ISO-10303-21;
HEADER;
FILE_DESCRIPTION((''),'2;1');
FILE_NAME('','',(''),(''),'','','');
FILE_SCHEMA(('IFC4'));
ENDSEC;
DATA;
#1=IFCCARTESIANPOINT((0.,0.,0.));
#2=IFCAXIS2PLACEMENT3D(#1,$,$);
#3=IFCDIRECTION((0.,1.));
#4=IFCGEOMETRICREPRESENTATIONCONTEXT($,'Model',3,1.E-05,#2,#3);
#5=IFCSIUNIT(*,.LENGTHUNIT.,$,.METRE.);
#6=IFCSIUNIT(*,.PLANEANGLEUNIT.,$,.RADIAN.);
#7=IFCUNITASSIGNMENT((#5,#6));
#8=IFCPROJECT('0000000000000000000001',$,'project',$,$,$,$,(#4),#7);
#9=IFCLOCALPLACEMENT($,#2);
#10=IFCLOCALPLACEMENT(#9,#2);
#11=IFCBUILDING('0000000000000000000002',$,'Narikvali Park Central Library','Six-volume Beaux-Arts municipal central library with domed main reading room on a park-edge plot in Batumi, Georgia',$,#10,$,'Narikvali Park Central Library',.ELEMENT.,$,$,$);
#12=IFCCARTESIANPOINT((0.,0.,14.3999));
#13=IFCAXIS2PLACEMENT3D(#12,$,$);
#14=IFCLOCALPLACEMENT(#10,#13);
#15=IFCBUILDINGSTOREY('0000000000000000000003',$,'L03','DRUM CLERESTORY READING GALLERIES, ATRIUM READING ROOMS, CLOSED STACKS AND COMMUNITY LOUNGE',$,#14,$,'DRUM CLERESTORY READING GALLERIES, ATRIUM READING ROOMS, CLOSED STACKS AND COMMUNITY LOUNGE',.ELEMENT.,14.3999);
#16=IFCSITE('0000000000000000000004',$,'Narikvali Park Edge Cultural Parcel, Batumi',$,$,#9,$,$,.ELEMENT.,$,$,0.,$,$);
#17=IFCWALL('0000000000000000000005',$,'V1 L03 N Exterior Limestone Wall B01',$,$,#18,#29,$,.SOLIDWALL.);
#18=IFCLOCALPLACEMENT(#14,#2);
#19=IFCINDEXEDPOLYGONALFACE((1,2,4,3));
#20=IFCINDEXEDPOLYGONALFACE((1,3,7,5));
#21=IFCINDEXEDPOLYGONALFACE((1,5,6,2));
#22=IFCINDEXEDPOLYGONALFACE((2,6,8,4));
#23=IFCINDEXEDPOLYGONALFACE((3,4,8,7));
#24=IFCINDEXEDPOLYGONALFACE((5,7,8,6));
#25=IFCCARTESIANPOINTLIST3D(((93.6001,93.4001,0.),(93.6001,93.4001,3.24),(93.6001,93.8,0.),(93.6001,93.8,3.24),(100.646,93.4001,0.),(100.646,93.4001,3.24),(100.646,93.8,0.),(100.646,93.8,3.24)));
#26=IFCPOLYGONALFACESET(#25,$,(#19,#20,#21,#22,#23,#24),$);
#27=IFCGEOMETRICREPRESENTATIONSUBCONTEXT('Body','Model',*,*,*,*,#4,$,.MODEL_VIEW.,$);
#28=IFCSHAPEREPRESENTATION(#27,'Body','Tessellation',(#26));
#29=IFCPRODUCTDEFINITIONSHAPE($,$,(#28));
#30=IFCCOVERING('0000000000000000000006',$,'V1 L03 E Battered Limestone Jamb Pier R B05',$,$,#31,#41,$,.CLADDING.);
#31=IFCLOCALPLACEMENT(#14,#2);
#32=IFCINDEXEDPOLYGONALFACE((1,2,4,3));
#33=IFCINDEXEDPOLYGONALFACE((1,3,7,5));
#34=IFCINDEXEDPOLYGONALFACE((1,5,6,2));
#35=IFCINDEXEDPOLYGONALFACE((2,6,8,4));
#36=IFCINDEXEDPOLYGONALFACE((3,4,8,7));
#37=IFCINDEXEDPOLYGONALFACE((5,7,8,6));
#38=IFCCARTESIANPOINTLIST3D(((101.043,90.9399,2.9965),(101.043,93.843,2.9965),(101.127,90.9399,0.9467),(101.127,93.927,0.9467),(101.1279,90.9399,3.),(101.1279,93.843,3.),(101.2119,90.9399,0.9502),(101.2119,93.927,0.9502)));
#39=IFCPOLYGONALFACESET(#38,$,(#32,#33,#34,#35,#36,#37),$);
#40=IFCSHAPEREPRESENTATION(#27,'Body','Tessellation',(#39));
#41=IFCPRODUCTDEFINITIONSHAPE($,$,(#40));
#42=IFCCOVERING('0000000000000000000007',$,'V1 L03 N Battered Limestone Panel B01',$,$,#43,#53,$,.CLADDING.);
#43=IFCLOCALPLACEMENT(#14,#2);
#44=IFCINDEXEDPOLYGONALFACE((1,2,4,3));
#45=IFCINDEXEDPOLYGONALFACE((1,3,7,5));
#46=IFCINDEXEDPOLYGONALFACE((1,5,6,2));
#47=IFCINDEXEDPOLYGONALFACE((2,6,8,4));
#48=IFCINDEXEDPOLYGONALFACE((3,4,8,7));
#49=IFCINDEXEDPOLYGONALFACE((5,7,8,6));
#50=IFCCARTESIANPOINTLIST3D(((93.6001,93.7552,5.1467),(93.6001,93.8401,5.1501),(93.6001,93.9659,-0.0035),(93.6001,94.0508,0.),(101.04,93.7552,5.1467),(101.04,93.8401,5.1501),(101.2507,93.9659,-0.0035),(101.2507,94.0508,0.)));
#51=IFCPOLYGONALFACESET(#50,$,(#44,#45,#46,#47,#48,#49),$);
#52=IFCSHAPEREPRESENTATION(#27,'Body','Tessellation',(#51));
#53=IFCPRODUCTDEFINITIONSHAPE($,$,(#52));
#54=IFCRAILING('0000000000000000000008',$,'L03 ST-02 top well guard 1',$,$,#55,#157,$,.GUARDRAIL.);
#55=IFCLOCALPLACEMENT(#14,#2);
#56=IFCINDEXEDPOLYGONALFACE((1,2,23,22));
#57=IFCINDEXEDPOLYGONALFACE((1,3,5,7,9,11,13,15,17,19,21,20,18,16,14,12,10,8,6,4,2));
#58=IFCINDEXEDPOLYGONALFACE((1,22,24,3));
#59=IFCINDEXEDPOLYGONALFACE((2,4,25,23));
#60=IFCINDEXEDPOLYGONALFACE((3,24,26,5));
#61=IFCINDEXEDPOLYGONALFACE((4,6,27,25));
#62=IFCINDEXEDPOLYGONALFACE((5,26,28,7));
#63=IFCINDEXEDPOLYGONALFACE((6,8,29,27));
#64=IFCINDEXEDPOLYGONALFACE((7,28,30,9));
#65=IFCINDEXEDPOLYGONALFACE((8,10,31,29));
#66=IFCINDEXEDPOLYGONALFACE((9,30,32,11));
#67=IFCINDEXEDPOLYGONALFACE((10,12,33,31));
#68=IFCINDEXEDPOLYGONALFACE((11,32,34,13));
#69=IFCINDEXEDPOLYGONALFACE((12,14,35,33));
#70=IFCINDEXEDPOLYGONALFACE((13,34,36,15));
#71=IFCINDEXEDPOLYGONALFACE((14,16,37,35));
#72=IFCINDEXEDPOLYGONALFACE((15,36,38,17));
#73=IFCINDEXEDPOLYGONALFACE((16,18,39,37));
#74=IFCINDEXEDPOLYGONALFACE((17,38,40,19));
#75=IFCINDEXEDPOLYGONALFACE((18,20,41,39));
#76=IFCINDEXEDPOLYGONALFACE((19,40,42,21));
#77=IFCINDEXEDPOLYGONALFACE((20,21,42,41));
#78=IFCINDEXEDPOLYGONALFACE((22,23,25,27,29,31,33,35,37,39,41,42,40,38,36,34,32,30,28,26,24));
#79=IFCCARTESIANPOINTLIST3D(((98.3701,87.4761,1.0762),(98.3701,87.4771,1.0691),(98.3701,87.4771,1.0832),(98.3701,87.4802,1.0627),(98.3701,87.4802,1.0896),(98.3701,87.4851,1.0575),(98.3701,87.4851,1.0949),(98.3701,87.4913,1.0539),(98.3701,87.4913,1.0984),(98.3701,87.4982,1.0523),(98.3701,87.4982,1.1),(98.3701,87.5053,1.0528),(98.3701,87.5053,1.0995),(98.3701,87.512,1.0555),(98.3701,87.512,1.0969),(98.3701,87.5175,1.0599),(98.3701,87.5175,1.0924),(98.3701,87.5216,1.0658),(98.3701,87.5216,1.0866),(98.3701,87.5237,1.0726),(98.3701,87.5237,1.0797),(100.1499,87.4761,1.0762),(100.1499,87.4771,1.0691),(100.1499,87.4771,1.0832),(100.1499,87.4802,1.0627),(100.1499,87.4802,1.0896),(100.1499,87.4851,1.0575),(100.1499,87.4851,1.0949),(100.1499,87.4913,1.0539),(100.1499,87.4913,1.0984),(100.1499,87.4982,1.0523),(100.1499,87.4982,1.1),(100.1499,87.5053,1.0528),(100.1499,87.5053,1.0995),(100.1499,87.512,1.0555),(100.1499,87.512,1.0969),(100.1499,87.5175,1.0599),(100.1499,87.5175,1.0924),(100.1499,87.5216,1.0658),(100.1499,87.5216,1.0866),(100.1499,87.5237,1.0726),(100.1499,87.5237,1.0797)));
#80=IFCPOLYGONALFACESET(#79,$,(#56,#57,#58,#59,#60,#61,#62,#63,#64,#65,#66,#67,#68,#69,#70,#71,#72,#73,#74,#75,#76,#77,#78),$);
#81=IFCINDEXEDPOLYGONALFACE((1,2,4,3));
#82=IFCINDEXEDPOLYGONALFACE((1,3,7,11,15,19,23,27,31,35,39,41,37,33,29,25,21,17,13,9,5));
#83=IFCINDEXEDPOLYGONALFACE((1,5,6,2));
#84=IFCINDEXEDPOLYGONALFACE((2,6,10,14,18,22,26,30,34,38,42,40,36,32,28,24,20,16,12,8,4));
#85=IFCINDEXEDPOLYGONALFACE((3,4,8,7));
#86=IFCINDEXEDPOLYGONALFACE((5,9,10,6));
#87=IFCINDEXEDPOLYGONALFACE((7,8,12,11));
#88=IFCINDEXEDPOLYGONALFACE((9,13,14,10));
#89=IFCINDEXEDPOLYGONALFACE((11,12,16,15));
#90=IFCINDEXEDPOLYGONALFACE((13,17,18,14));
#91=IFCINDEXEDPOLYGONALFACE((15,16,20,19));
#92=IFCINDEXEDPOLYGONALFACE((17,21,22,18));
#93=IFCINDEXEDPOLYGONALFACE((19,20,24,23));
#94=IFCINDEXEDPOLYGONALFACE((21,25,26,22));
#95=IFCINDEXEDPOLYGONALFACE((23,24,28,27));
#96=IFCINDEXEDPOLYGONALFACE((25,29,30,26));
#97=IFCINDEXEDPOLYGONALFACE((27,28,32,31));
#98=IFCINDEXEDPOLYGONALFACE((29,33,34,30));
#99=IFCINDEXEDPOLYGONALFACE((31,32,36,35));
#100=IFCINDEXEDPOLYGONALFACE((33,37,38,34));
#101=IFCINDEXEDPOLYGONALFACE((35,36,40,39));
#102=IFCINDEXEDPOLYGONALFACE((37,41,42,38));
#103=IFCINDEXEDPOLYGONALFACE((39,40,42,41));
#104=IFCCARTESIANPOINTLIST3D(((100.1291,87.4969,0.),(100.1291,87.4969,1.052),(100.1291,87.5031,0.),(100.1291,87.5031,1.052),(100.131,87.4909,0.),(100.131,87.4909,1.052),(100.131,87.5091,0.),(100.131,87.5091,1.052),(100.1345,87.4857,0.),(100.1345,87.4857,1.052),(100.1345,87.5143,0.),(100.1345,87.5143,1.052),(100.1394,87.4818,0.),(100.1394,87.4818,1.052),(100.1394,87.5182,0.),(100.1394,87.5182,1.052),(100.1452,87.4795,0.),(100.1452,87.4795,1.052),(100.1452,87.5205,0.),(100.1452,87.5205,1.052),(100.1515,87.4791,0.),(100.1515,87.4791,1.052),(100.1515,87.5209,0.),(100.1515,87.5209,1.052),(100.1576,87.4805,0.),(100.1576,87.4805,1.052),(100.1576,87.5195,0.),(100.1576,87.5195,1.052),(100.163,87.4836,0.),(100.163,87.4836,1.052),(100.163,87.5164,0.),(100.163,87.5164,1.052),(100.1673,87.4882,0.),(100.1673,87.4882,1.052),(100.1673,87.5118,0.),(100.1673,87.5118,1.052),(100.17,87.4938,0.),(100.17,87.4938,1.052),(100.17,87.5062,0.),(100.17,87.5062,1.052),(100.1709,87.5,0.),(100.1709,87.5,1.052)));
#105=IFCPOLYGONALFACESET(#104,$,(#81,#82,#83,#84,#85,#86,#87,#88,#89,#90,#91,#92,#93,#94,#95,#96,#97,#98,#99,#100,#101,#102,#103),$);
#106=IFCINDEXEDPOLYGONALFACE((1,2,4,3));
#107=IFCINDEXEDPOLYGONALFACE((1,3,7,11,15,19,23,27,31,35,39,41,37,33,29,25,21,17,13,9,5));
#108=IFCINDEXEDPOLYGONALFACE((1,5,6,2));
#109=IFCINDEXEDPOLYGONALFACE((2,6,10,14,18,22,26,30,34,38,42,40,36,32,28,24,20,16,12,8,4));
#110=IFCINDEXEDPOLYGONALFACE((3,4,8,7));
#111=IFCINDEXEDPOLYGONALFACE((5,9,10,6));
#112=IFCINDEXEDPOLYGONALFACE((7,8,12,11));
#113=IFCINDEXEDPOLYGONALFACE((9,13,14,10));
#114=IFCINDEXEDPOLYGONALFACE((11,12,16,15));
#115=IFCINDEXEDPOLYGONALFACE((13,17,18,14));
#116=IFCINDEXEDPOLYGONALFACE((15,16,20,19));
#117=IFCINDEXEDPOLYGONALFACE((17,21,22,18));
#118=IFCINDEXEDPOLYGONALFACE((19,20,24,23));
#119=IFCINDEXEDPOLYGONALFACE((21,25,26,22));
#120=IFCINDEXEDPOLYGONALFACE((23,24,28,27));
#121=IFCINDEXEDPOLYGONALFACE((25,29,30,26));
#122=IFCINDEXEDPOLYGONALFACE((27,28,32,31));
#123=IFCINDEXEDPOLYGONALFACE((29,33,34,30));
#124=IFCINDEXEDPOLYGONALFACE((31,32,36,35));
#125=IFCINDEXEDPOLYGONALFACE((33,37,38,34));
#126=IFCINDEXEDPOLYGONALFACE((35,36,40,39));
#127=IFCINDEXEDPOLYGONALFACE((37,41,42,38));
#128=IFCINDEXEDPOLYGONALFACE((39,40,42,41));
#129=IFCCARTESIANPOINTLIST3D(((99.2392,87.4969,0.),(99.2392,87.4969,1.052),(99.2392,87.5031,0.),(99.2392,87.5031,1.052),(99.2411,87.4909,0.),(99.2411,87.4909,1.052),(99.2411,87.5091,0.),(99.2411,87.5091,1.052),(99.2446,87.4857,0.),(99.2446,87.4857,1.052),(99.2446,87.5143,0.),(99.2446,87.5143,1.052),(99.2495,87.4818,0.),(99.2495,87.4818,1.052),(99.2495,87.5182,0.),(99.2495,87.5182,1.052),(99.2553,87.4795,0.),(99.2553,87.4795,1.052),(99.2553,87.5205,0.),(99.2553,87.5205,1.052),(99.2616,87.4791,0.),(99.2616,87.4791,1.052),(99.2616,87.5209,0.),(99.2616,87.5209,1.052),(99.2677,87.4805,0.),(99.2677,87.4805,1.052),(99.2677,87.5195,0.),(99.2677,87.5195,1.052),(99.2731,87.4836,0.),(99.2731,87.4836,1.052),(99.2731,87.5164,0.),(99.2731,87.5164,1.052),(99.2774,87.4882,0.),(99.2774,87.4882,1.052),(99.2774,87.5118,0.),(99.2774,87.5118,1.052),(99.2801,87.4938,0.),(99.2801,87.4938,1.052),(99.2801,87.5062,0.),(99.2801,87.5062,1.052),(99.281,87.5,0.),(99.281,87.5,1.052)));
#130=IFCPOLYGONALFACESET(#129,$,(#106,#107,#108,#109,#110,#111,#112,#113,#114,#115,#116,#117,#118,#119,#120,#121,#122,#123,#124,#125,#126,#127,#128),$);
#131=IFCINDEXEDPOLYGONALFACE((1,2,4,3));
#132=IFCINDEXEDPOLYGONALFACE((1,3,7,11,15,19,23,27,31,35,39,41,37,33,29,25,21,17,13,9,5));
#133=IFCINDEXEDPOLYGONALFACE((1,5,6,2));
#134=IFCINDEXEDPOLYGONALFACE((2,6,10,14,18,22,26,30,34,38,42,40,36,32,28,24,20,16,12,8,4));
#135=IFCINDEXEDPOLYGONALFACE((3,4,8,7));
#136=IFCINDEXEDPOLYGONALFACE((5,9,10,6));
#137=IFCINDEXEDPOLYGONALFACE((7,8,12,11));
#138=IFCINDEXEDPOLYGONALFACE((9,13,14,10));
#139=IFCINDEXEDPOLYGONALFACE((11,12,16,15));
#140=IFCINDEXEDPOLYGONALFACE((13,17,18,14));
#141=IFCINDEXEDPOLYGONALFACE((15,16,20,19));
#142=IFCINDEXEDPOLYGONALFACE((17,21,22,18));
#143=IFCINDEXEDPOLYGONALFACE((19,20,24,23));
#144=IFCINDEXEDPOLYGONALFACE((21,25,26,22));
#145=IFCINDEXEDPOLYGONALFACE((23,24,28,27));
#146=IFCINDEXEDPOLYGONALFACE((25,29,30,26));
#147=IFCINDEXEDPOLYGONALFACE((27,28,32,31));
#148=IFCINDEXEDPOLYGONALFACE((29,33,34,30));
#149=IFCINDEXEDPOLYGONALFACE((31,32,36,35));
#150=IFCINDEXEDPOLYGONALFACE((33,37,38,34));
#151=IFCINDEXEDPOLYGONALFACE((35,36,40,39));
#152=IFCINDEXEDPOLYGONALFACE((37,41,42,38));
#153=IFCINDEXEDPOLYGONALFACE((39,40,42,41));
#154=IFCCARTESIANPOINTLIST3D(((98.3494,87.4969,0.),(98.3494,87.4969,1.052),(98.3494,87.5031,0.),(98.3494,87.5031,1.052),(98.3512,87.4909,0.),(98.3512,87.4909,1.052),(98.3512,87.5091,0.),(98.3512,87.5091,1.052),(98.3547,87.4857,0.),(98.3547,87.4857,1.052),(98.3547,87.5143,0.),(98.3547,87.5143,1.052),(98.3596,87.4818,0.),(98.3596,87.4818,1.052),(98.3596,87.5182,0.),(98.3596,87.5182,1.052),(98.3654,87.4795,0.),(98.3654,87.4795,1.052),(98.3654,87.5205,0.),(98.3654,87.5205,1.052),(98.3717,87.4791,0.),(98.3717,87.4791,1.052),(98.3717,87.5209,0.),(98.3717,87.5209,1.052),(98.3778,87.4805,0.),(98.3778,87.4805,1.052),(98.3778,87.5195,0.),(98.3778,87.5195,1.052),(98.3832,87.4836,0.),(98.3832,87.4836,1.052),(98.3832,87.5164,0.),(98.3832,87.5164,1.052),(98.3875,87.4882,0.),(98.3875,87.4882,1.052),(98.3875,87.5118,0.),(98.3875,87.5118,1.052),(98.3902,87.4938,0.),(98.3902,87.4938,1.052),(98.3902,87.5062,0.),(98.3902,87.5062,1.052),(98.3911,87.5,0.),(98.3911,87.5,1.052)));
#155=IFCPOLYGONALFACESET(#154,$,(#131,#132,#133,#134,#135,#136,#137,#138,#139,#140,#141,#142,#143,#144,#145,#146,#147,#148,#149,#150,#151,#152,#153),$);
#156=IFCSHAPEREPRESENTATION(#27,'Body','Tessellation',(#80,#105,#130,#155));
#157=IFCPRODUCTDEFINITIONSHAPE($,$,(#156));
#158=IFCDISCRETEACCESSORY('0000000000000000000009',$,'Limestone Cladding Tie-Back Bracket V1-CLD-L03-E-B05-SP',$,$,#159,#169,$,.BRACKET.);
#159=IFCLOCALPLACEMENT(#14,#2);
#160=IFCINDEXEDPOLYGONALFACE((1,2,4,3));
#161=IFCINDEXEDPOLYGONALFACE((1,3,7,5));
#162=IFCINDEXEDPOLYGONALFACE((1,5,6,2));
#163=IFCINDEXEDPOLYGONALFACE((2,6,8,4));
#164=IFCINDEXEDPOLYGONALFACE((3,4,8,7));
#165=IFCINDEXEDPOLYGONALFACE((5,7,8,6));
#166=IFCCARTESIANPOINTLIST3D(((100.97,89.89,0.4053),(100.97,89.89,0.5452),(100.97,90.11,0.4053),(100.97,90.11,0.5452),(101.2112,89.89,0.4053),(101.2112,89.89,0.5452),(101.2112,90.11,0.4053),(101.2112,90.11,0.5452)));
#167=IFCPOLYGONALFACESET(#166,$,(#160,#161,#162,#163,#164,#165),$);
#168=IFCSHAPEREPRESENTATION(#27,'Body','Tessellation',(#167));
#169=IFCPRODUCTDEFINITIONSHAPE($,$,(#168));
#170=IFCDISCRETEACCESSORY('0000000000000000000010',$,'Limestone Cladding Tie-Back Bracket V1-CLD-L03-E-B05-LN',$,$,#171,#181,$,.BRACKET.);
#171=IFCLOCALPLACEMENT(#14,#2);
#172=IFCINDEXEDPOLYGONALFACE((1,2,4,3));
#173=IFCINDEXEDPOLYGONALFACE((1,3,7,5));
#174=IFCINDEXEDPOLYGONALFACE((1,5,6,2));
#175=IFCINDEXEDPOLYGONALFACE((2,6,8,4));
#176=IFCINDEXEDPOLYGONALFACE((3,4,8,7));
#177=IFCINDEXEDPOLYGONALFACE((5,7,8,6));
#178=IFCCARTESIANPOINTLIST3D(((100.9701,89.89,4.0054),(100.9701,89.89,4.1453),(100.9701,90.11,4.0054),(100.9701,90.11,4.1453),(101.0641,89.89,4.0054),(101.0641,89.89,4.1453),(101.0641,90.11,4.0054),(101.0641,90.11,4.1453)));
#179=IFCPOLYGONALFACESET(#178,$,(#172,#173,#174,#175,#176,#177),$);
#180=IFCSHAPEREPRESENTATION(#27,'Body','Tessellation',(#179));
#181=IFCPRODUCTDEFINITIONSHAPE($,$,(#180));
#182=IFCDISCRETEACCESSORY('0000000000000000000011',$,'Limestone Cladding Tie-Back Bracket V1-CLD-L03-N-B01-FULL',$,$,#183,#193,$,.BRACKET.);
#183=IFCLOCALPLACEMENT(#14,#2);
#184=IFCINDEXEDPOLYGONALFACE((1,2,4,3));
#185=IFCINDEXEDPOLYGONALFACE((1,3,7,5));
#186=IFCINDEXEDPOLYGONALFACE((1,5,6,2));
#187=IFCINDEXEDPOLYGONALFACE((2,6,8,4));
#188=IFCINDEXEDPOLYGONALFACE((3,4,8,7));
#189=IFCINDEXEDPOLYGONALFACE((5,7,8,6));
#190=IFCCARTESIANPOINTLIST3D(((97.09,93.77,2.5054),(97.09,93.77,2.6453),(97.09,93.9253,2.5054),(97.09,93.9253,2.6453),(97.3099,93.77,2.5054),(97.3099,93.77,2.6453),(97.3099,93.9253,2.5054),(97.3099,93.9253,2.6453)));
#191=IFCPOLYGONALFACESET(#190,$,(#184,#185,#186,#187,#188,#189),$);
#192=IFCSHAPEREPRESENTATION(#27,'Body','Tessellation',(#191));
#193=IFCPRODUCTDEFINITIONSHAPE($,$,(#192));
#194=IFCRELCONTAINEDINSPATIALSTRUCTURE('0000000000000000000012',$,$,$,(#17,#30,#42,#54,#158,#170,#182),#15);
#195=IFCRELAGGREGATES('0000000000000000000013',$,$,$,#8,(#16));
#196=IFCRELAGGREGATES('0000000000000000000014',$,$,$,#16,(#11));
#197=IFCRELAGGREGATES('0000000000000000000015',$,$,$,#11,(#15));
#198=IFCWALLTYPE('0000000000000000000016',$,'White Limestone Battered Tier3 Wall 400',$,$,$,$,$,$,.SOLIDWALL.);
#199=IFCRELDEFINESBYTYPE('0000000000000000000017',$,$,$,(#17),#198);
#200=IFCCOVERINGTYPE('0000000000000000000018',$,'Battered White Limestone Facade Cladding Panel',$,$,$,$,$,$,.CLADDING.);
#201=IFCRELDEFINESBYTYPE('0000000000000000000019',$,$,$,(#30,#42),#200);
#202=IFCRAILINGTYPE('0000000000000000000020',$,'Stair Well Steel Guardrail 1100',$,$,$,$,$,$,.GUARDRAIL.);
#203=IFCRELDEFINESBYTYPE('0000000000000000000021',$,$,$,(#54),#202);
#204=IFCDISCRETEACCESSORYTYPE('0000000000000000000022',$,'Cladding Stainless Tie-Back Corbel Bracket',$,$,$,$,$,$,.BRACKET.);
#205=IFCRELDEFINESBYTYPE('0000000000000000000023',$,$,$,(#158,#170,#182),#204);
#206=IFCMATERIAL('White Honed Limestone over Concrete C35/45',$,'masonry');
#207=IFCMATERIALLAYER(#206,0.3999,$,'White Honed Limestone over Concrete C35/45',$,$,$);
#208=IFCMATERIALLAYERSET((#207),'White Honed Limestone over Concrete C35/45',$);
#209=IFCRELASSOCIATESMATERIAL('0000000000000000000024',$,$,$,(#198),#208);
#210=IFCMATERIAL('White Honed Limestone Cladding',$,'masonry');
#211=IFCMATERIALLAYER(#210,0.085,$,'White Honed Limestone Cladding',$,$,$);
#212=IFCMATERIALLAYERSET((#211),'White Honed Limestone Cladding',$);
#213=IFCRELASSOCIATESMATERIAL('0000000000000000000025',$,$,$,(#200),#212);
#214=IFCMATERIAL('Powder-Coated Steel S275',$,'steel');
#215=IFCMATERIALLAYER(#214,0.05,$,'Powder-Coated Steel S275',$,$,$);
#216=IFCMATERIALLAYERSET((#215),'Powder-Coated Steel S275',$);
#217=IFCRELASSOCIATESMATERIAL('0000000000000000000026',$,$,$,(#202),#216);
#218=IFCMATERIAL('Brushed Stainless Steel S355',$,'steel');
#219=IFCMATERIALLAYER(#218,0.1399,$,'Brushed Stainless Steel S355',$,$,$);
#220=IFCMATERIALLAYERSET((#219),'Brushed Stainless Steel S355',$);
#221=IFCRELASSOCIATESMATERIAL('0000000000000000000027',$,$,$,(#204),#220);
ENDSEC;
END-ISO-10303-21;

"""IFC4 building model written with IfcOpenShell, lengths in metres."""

from ifc_helpers import new_model, si_unit, direction, frame, frame_2d, origin, origin_2d, place, context, subcontext, project, spatial, polyline, rectangle, circle, outline, extrude, material, layer, layer_set, type_object, element, save


model = new_model("IFC4")

# Units and contexts
model_context = context("Model", 3, precision=1e-05, world=origin(), true_north=direction((0.0, 1.0)))
body_context = subcontext(model_context, "Body", "Model", "MODEL_VIEW")
ifc_project = project(units=[si_unit("LENGTHUNIT", "METRE"), si_unit("PLANEANGLEUNIT", "RADIAN")], contexts=[model_context])

# Site, building, storey
site_placement = place(None, origin())
site = spatial("IfcSite", under=ifc_project, at=site_placement, Name="Narikvali Park Edge Cultural Parcel, Batumi", CompositionType="ELEMENT", RefElevation=0.0)
building_placement = place(site_placement, origin())
building = spatial("IfcBuilding", under=site, at=building_placement, Name="Narikvali Park Central Library", Description="Six-volume Beaux-Arts municipal central library with domed main reading room on a park-edge plot in Batumi, Georgia", LongName="Narikvali Park Central Library", CompositionType="ELEMENT")
storey_placement = place(building_placement, frame((0.0, 0.0, 14.3999)))
storey = spatial("IfcBuildingStorey", under=building, at=storey_placement, Name="L03", Description="DRUM CLERESTORY READING GALLERIES, ATRIUM READING ROOMS, CLOSED STACKS AND COMMUNITY LOUNGE", LongName="DRUM CLERESTORY READING GALLERIES, ATRIUM READING ROOMS, CLOSED STACKS AND COMMUNITY LOUNGE", CompositionType="ELEMENT", Elevation=14.3999)

# Wall
ifc_material_1 = material(Name="White Honed Limestone over Concrete C35/45", Category="masonry")
ifc_layer_1 = layer(ifc_material_1, 0.3999, Name="White Honed Limestone over Concrete C35/45")
ifc_layer_set_1 = layer_set([ifc_layer_1], Name="White Honed Limestone over Concrete C35/45")
wall_type_1 = type_object("IfcWallType", Name="White Limestone Battered Tier3 Wall 400", PredefinedType="SOLIDWALL", material=ifc_layer_set_1)
wall_1_placement = place(storey_placement, frame((100.646, 93.6001, 0.0), z_axis=(0.0, 0.0, 1.0), x_axis=(-1.0, 0.0, 0.0)))
element("IfcWall", 1, at=wall_1_placement, inside=storey, type_object=wall_type_1, Name="V1 L03 N Exterior Limestone Wall B01", PredefinedType="SOLIDWALL", context=body_context, shape_type="SweptSolid", body=[
    extrude(rectangle(XDim=7.0459, YDim=0.3999, at=frame_2d((3.5229, 0.0))), origin(), (0.0, 0.0, 1.0), 3.24),
])

# Coverings
ifc_material_2 = material(Name="White Honed Limestone Cladding", Category="masonry")
ifc_layer_2 = layer(ifc_material_2, 0.085, Name="White Honed Limestone Cladding")
ifc_layer_set_2 = layer_set([ifc_layer_2], Name="White Honed Limestone Cladding")
covering_type = type_object("IfcCoveringType", Name="Battered White Limestone Facade Cladding Panel", PredefinedType="CLADDING", material=ifc_layer_set_2)
covering_1_placement = place(storey_placement, frame((101.2119, 90.9399, 0.9502), z_axis=(0.999162, 0.0, 0.040938), x_axis=(0.0, 1.0, 0.0)))
element("IfcCovering", 2, at=covering_1_placement, inside=storey, type_object=covering_type, Name="V1 L03 E Battered Limestone Jamb Pier R B05", PredefinedType="CLADDING", context=body_context, shape_type="SweptSolid", body=[
    extrude(outline(polyline([(0.0, 0.0), (2.9871, 0.0), (2.9031, 2.0515), (0.0, 2.0515), (0.0, 0.0)])), origin(), (0.0, 0.0, -1.0), 0.085),
])
covering_2_placement = place(storey_placement, frame((101.2507, 94.0508, 0.0), z_axis=(0.0, 0.999164, 0.040876), x_axis=(-1.0, 0.0, 0.0)))
element("IfcCovering", 3, at=covering_2_placement, inside=storey, type_object=covering_type, Name="V1 L03 N Battered Limestone Panel B01", PredefinedType="CLADDING", context=body_context, shape_type="SweptSolid", body=[
    extrude(outline(polyline([(0.0, 0.0), (7.6506, 0.0), (7.6506, 5.1545), (0.2107, 5.1545), (0.0, 0.0)])), origin(), (0.0, 0.0, -1.0), 0.085),
])

# Railing
ifc_material_3 = material(Name="Powder-Coated Steel S275", Category="steel")
ifc_layer_3 = layer(ifc_material_3, 0.05, Name="Powder-Coated Steel S275")
ifc_layer_set_3 = layer_set([ifc_layer_3], Name="Powder-Coated Steel S275")
railing_type = type_object("IfcRailingType", Name="Stair Well Steel Guardrail 1100", PredefinedType="GUARDRAIL", material=ifc_layer_set_3)
railing_placement = place(storey_placement, frame((100.1499, 87.5, 0.0)))
element("IfcRailing", 4, at=railing_placement, inside=storey, type_object=railing_type, Name="L03 ST-02 top well guard 1", PredefinedType="GUARDRAIL", context=body_context, shape_type="SweptSolid", body=[
    extrude(circle(Radius=0.0239, at=origin_2d()), frame((0.0, 0.0, 1.0762), z_axis=(-1.0, 0.0, 0.0), x_axis=(0.0, -1.0, 0.0)), (0.0, 0.0, 1.0), 1.7798),
    extrude(circle(Radius=0.021, at=origin_2d()), origin(), (0.0, 0.0, 1.0), 1.052),
    extrude(circle(Radius=0.021, at=origin_2d()), frame((-0.8899, 0.0, 0.0)), (0.0, 0.0, 1.0), 1.052),
    extrude(circle(Radius=0.021, at=origin_2d()), frame((-1.7798, 0.0, 0.0)), (0.0, 0.0, 1.0), 1.052),
])

# Discrete accessories
ifc_material_4 = material(Name="Brushed Stainless Steel S355", Category="steel")
ifc_layer_4 = layer(ifc_material_4, 0.1399, Name="Brushed Stainless Steel S355")
ifc_layer_set_4 = layer_set([ifc_layer_4], Name="Brushed Stainless Steel S355")
discrete_accessory_type = type_object("IfcDiscreteAccessoryType", Name="Cladding Stainless Tie-Back Corbel Bracket", PredefinedType="BRACKET", material=ifc_layer_set_4)
discrete_accessory_1_placement = place(storey_placement, frame((101.0906, 90.0, 0.4053), z_axis=(0.0, 0.0, 1.0), x_axis=(1.0, 0.0, 0.0)))
element("IfcDiscreteAccessory", 5, at=discrete_accessory_1_placement, inside=storey, type_object=discrete_accessory_type, Name="Limestone Cladding Tie-Back Bracket V1-CLD-L03-E-B05-SP", PredefinedType="BRACKET", context=body_context, shape_type="SweptSolid", body=[
    extrude(rectangle(XDim=0.2412, YDim=0.22, at=origin_2d()), origin(), (0.0, 0.0, 1.0), 0.1399),
])
discrete_accessory_2_placement = place(storey_placement, frame((101.0171, 90.0, 4.0054), z_axis=(0.0, 0.0, 1.0), x_axis=(1.0, 0.0, 0.0)))
element("IfcDiscreteAccessory", 6, at=discrete_accessory_2_placement, inside=storey, type_object=discrete_accessory_type, Name="Limestone Cladding Tie-Back Bracket V1-CLD-L03-E-B05-LN", PredefinedType="BRACKET", context=body_context, shape_type="SweptSolid", body=[
    extrude(rectangle(XDim=0.094, YDim=0.22, at=origin_2d()), origin(), (0.0, 0.0, 1.0), 0.1399),
])
discrete_accessory_3_placement = place(storey_placement, frame((97.2, 93.8477, 2.5054), z_axis=(0.0, 0.0, 1.0), x_axis=(1.0, 0.0, 0.0)))
element("IfcDiscreteAccessory", 7, at=discrete_accessory_3_placement, inside=storey, type_object=discrete_accessory_type, Name="Limestone Cladding Tie-Back Bracket V1-CLD-L03-N-B01-FULL", PredefinedType="BRACKET", context=body_context, shape_type="SweptSolid", body=[
    extrude(rectangle(XDim=0.22, YDim=0.1553, at=origin_2d()), origin(), (0.0, 0.0, 1.0), 0.1399),
])

save(model, "model.ifc")
